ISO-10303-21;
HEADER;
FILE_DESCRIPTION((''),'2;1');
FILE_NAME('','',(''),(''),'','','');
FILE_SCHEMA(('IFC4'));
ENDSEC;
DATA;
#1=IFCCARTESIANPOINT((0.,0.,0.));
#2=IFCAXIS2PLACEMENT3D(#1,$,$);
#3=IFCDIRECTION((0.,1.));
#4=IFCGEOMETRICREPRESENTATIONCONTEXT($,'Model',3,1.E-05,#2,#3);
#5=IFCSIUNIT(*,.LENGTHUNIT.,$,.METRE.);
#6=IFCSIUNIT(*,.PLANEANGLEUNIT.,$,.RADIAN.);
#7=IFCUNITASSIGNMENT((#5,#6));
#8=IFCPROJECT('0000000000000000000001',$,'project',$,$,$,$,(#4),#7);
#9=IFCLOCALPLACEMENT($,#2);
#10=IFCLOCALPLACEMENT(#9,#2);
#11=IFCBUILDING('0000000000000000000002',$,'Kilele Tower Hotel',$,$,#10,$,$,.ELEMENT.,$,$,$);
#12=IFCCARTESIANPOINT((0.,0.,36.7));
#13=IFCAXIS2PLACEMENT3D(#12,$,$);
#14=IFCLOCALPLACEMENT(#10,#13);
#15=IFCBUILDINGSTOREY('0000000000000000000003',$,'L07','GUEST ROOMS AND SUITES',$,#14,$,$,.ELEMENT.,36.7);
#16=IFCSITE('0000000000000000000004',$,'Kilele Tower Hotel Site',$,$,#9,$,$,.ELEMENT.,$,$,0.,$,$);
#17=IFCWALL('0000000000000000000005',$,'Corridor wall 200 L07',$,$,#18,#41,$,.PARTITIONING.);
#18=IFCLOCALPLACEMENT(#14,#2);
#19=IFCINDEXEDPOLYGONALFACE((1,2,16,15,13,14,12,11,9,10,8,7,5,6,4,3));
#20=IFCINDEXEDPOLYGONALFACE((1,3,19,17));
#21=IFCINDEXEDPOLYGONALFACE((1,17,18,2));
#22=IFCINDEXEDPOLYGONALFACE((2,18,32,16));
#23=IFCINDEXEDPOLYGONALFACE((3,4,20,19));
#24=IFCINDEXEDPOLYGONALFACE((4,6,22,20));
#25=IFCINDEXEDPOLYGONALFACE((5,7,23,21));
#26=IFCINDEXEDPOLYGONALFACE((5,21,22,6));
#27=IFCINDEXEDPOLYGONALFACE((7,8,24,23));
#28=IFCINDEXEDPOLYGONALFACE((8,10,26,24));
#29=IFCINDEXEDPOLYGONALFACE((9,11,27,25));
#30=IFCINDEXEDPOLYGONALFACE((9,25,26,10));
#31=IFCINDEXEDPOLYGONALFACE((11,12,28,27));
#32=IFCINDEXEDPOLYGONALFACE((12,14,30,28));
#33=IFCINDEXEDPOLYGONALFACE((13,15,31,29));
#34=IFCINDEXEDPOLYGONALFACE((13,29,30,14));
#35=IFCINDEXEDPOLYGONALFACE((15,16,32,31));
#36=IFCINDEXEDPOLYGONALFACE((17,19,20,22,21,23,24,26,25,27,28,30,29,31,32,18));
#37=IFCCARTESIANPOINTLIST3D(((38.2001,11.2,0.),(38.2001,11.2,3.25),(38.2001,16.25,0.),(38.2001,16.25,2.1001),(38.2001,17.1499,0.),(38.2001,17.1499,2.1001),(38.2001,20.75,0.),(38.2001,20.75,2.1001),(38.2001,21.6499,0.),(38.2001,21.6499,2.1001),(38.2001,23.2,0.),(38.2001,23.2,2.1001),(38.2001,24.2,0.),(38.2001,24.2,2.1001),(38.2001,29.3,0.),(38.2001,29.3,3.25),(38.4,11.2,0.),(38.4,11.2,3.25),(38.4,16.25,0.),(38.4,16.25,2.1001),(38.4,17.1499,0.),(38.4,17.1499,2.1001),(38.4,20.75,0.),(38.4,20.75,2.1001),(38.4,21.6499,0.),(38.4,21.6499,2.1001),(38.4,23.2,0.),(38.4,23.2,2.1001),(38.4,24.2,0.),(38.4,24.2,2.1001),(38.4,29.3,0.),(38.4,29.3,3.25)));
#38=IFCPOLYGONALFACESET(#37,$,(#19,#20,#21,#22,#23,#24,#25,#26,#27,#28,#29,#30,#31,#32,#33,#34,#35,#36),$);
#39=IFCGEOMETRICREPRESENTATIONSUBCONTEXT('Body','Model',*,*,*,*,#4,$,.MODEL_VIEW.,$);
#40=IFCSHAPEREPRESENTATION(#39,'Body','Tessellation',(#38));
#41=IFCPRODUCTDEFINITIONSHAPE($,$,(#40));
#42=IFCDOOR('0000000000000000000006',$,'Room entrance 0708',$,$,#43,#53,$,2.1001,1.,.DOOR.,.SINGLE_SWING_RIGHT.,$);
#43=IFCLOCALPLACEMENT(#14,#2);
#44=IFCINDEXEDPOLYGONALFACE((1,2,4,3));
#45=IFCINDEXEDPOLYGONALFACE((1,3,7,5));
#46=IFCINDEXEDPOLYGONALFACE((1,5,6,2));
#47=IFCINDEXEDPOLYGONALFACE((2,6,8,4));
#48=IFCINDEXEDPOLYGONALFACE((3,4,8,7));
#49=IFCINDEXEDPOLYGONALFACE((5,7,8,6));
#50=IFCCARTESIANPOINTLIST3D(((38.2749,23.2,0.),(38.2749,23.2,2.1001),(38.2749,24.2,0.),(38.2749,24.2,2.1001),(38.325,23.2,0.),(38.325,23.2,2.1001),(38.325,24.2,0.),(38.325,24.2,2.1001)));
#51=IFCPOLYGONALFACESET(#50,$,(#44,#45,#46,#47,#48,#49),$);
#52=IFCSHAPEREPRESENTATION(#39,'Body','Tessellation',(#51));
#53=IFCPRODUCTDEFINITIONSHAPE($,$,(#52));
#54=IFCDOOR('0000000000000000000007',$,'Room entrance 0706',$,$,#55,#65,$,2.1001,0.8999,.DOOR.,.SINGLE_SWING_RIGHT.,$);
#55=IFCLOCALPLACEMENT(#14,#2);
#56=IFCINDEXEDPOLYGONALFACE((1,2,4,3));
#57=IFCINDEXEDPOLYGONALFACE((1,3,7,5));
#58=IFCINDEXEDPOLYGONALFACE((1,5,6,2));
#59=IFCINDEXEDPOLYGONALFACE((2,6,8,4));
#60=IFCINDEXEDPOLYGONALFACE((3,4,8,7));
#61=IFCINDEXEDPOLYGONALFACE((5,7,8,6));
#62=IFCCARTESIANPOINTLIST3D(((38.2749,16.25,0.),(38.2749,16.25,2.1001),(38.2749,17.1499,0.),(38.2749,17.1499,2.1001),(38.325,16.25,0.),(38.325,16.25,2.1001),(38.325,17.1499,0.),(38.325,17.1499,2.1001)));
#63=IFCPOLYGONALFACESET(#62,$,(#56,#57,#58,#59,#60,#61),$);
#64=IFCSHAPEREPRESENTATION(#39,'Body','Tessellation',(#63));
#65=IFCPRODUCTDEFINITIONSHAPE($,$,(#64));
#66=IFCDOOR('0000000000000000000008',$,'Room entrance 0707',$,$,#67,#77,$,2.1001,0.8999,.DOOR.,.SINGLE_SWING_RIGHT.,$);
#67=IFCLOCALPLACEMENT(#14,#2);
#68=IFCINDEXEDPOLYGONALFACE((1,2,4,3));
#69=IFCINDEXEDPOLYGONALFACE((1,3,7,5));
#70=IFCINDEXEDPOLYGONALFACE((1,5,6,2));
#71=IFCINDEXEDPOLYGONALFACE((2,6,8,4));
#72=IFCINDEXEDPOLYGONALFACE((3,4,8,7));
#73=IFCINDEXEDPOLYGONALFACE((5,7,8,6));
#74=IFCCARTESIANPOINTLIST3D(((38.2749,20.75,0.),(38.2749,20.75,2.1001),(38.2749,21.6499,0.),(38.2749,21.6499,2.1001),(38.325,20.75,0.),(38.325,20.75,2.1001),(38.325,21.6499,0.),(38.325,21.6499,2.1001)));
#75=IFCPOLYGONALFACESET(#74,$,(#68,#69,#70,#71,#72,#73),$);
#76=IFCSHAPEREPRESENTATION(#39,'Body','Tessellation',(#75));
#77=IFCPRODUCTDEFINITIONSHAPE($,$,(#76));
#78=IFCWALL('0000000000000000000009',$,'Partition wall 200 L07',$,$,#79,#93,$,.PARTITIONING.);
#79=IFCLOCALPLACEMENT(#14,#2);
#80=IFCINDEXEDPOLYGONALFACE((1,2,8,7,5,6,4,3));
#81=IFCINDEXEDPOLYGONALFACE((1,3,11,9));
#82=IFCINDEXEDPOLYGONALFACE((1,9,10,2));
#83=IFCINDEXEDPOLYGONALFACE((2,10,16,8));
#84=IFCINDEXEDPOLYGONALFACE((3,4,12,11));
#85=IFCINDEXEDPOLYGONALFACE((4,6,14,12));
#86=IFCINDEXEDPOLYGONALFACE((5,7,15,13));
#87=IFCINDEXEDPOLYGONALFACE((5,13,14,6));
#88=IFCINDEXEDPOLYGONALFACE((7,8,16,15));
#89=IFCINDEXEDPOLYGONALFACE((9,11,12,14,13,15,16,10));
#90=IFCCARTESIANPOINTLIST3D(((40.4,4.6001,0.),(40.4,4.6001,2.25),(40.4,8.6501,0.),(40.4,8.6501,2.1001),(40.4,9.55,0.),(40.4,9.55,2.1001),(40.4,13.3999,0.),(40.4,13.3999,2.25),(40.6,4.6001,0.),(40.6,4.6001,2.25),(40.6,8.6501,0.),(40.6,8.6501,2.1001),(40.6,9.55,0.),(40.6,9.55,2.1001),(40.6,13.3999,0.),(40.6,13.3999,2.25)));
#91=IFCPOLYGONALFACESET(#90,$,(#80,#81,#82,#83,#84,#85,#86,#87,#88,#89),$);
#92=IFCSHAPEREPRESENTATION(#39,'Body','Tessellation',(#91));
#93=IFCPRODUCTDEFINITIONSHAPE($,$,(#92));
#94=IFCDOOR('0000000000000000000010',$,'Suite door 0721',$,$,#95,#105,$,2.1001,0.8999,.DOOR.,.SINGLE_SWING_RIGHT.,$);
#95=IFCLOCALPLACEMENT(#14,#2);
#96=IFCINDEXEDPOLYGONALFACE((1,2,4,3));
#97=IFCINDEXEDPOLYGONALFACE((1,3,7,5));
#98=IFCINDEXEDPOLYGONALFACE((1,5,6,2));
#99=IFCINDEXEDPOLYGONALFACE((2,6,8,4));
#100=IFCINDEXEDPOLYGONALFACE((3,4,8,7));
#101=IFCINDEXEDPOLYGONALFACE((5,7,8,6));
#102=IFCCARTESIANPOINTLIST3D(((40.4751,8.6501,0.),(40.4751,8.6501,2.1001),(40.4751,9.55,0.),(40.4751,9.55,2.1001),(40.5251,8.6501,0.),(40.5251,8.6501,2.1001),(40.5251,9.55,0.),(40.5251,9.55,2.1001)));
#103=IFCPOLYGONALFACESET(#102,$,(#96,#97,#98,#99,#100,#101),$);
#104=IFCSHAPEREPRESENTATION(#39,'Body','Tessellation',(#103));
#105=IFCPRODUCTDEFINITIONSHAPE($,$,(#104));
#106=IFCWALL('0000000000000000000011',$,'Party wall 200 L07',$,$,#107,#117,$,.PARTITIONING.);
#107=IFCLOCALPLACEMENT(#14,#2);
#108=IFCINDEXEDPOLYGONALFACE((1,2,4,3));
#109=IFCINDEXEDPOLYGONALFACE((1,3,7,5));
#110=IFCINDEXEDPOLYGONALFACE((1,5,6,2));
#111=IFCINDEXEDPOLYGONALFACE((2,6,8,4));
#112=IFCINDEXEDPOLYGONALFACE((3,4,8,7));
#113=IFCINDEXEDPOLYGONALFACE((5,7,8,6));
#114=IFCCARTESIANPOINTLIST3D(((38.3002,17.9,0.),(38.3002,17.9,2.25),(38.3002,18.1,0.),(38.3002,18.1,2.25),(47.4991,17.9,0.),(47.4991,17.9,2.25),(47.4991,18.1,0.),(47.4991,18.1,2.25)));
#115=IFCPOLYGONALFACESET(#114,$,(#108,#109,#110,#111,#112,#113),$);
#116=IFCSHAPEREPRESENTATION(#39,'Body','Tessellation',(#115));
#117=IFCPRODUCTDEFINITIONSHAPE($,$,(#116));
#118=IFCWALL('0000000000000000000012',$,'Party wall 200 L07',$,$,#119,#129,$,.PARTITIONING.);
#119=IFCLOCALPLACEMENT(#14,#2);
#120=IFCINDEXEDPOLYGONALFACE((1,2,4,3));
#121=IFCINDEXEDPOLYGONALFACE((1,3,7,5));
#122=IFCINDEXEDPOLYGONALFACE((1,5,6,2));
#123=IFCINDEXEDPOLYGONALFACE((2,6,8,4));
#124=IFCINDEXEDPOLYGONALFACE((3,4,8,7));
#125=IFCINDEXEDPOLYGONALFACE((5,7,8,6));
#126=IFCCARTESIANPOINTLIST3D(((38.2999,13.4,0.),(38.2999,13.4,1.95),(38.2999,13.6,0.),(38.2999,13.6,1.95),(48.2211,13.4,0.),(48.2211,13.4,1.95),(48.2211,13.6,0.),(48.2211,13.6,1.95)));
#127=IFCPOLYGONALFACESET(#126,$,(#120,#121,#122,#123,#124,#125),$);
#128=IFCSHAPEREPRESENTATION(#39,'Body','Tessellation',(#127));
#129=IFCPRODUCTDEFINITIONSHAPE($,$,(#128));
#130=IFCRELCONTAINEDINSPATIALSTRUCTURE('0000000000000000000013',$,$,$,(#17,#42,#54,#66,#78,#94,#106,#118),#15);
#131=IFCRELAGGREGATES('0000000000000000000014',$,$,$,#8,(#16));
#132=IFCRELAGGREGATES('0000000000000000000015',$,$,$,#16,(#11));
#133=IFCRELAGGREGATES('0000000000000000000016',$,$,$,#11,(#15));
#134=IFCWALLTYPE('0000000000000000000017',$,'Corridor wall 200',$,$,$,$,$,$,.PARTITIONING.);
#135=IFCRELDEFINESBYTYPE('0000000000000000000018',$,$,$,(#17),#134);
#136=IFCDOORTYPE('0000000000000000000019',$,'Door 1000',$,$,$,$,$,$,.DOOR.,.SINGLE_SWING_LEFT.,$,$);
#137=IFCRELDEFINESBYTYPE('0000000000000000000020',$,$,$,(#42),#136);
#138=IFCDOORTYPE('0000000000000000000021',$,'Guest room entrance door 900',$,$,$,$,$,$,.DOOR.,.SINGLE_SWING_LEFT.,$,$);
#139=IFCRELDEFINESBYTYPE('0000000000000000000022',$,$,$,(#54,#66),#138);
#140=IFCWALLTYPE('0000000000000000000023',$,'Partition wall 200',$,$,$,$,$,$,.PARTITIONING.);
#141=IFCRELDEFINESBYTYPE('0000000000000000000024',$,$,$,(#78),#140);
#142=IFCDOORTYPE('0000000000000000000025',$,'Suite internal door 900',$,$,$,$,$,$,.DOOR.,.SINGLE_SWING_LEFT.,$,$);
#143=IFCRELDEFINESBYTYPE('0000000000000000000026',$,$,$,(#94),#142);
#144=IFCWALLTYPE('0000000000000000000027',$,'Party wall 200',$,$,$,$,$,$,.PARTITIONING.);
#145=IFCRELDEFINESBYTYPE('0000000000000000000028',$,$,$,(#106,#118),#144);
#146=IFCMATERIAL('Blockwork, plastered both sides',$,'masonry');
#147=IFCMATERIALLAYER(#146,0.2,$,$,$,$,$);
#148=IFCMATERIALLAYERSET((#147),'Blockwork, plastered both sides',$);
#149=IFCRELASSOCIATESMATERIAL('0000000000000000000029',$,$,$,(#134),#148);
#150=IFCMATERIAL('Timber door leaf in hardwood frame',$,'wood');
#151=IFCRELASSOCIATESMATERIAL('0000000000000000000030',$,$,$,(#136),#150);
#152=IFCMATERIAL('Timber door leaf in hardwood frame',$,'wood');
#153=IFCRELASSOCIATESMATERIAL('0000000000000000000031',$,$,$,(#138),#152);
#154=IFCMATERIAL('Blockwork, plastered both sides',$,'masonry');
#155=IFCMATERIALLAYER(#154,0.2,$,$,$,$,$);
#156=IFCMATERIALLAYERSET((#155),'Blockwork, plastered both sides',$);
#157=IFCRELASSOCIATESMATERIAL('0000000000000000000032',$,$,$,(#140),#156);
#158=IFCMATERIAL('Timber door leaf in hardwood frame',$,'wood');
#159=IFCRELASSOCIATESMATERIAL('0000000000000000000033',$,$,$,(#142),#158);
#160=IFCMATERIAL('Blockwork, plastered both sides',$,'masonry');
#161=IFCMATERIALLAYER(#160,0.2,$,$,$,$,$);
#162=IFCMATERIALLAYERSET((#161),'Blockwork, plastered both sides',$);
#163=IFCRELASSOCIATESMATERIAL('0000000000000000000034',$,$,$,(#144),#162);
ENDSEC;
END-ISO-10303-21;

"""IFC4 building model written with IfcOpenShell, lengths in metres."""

from ifc_helpers import new_model, si_unit, direction, frame, frame_2d, origin, place, context, subcontext, project, spatial, rectangle, extrude, material, layer, layer_set, type_object, element, fill, save


model = new_model("IFC4")

# Units and contexts
model_context = context("Model", 3, precision=1e-05, world=origin(), true_north=direction((0.0, 1.0)))
body_context = subcontext(model_context, "Body", "Model", "MODEL_VIEW")
ifc_project = project(units=[si_unit("LENGTHUNIT", "METRE"), si_unit("PLANEANGLEUNIT", "RADIAN")], contexts=[model_context])

# Site, building, storey
site_placement = place(None, origin())
site = spatial("IfcSite", under=ifc_project, at=site_placement, Name="Kilele Tower Hotel Site", CompositionType="ELEMENT", RefElevation=0.0)
building_placement = place(site_placement, origin())
building = spatial("IfcBuilding", under=site, at=building_placement, Name="Kilele Tower Hotel", CompositionType="ELEMENT")
storey_placement = place(building_placement, frame((0.0, 0.0, 36.7)))
storey = spatial("IfcBuildingStorey", under=building, at=storey_placement, Name="L07", Description="GUEST ROOMS AND SUITES", CompositionType="ELEMENT", Elevation=36.7)

# Wall, openings, doors
ifc_material_1 = material(Name="Blockwork, plastered both sides", Category="masonry")
ifc_layer_1 = layer(ifc_material_1, 0.2)
ifc_layer_set_1 = layer_set([ifc_layer_1], Name="Blockwork, plastered both sides")
wall_type_1 = type_object("IfcWallType", Name="Corridor wall 200", PredefinedType="PARTITIONING", material=ifc_layer_set_1)
wall_1_placement = place(storey_placement, frame((38.3, 11.2, 0.0), z_axis=(0.0, 0.0, 1.0), x_axis=(0.0, 1.0, 0.0)))
wall_1 = element("IfcWall", 1, at=wall_1_placement, inside=storey, type_object=wall_type_1, Name="Corridor wall 200 L07", PredefinedType="PARTITIONING", context=body_context, shape_type="SweptSolid", body=[
    extrude(rectangle(XDim=18.1001, YDim=0.2, at=frame_2d((9.05, 0.0))), origin(), (0.0, 0.0, 1.0), 3.25),
])
opening_1_placement = place(wall_1_placement, frame((5.95, 0.0, 0.0), z_axis=(0.0, 0.0, 1.0), x_axis=(-1.0, 0.0, 0.0)))
opening_1 = element("IfcOpeningElement", 2, at=opening_1_placement, cuts=wall_1, PredefinedType="OPENING", context=body_context, shape_type="SweptSolid", body=[
    extrude(rectangle(XDim=0.8999, YDim=2.1001, at=frame_2d((0.45, 1.05))), frame((0.0, 0.1099, 0.0), z_axis=(0.0, -1.0, 0.0), x_axis=(1.0, 0.0, 0.0)), (0.0, 0.0, 1.0), 0.22),
])
opening_2_placement = place(wall_1_placement, frame((10.45, 0.0, 0.0), z_axis=(0.0, 0.0, 1.0), x_axis=(-1.0, 0.0, 0.0)))
opening_2 = element("IfcOpeningElement", 3, at=opening_2_placement, cuts=wall_1, PredefinedType="OPENING", context=body_context, shape_type="SweptSolid", body=[
    extrude(rectangle(XDim=0.8999, YDim=2.1001, at=frame_2d((0.45, 1.05))), frame((0.0, 0.1099, 0.0), z_axis=(0.0, -1.0, 0.0), x_axis=(1.0, 0.0, 0.0)), (0.0, 0.0, 1.0), 0.22),
])
opening_3_placement = place(wall_1_placement, frame((13.0, 0.0, 0.0), z_axis=(0.0, 0.0, 1.0), x_axis=(-1.0, 0.0, 0.0)))
opening_3 = element("IfcOpeningElement", 4, at=opening_3_placement, cuts=wall_1, PredefinedType="OPENING", context=body_context, shape_type="SweptSolid", body=[
    extrude(rectangle(XDim=1.0, YDim=2.1001, at=frame_2d((0.5, 1.05))), frame((0.0, 0.1099, 0.0), z_axis=(0.0, -1.0, 0.0), x_axis=(1.0, 0.0, 0.0)), (0.0, 0.0, 1.0), 0.22),
])
ifc_material_2 = material(Name="Timber door leaf in hardwood frame", Category="wood")
door_type_1 = type_object("IfcDoorType", Name="Door 1000", OperationType="SINGLE_SWING_LEFT", PredefinedType="DOOR", material=ifc_material_2)
door_1_placement = place(opening_3_placement, origin())
door_1 = element("IfcDoor", 5, at=door_1_placement, inside=storey, type_object=door_type_1, Name="Room entrance 0708", OperationType="SINGLE_SWING_RIGHT", OverallHeight=2.1001, OverallWidth=1.0, PredefinedType="DOOR", context=body_context, shape_type="SweptSolid", body=[
    extrude(rectangle(XDim=1.0, YDim=2.1001, at=frame_2d((0.5, 1.05))), frame((0.0, 0.0249, 0.0), z_axis=(0.0, -1.0, 0.0), x_axis=(1.0, 0.0, 0.0)), (0.0, 0.0, 1.0), 0.05),
])
fill(opening_3, door_1)
ifc_material_3 = material(Name="Timber door leaf in hardwood frame", Category="wood")
door_type_2 = type_object("IfcDoorType", Name="Guest room entrance door 900", OperationType="SINGLE_SWING_LEFT", PredefinedType="DOOR", material=ifc_material_3)
door_2_placement = place(opening_1_placement, origin())
door_2 = element("IfcDoor", 6, at=door_2_placement, inside=storey, type_object=door_type_2, Name="Room entrance 0706", OperationType="SINGLE_SWING_RIGHT", OverallHeight=2.1001, OverallWidth=0.8999, PredefinedType="DOOR", context=body_context, shape_type="SweptSolid", body=[
    extrude(rectangle(XDim=0.8999, YDim=2.1001, at=frame_2d((0.45, 1.05))), frame((0.0, 0.0249, 0.0), z_axis=(0.0, -1.0, 0.0), x_axis=(1.0, 0.0, 0.0)), (0.0, 0.0, 1.0), 0.05),
])
fill(opening_1, door_2)
door_3_placement = place(opening_2_placement, origin())
door_3 = element("IfcDoor", 7, at=door_3_placement, inside=storey, type_object=door_type_2, Name="Room entrance 0707", OperationType="SINGLE_SWING_RIGHT", OverallHeight=2.1001, OverallWidth=0.8999, PredefinedType="DOOR", context=body_context, shape_type="SweptSolid", body=[
    extrude(rectangle(XDim=0.8999, YDim=2.1001, at=frame_2d((0.45, 1.05))), frame((0.0, 0.0249, 0.0), z_axis=(0.0, -1.0, 0.0), x_axis=(1.0, 0.0, 0.0)), (0.0, 0.0, 1.0), 0.05),
])
fill(opening_2, door_3)

# Wall, opening, door
ifc_material_4 = material(Name="Blockwork, plastered both sides", Category="masonry")
ifc_layer_2 = layer(ifc_material_4, 0.2)
ifc_layer_set_2 = layer_set([ifc_layer_2], Name="Blockwork, plastered both sides")
wall_type_2 = type_object("IfcWallType", Name="Partition wall 200", PredefinedType="PARTITIONING", material=ifc_layer_set_2)
wall_2_placement = place(storey_placement, frame((40.5, 4.6001, 0.0), z_axis=(0.0, 0.0, 1.0), x_axis=(0.0, 1.0, 0.0)))
wall_2 = element("IfcWall", 8, at=wall_2_placement, inside=storey, type_object=wall_type_2, Name="Partition wall 200 L07", PredefinedType="PARTITIONING", context=body_context, shape_type="SweptSolid", body=[
    extrude(rectangle(XDim=8.7998, YDim=0.2, at=frame_2d((4.3999, 0.0))), origin(), (0.0, 0.0, 1.0), 2.25),
])
opening_4_placement = place(wall_2_placement, frame((4.05, 0.0, 0.0)))
opening_4 = element("IfcOpeningElement", 9, at=opening_4_placement, cuts=wall_2, PredefinedType="OPENING", context=body_context, shape_type="SweptSolid", body=[
    extrude(rectangle(XDim=0.8999, YDim=2.1001, at=frame_2d((0.45, 1.05))), frame((0.0, 0.1099, 0.0), z_axis=(0.0, -1.0, 0.0), x_axis=(1.0, 0.0, 0.0)), (0.0, 0.0, 1.0), 0.22),
])
ifc_material_5 = material(Name="Timber door leaf in hardwood frame", Category="wood")
door_type_3 = type_object("IfcDoorType", Name="Suite internal door 900", OperationType="SINGLE_SWING_LEFT", PredefinedType="DOOR", material=ifc_material_5)
door_4_placement = place(opening_4_placement, origin())
door_4 = element("IfcDoor", 10, at=door_4_placement, inside=storey, type_object=door_type_3, Name="Suite door 0721", OperationType="SINGLE_SWING_RIGHT", OverallHeight=2.1001, OverallWidth=0.8999, PredefinedType="DOOR", context=body_context, shape_type="SweptSolid", body=[
    extrude(rectangle(XDim=0.8999, YDim=2.1001, at=frame_2d((0.45, 1.05))), frame((0.0, 0.0249, 0.0), z_axis=(0.0, -1.0, 0.0), x_axis=(1.0, 0.0, 0.0)), (0.0, 0.0, 1.0), 0.05),
])
fill(opening_4, door_4)

# Walls
ifc_material_6 = material(Name="Blockwork, plastered both sides", Category="masonry")
ifc_layer_3 = layer(ifc_material_6, 0.2)
ifc_layer_set_3 = layer_set([ifc_layer_3], Name="Blockwork, plastered both sides")
wall_type_3 = type_object("IfcWallType", Name="Party wall 200", PredefinedType="PARTITIONING", material=ifc_layer_set_3)
wall_3_placement = place(storey_placement, frame((38.3, 18.0, 0.0), z_axis=(0.0, 0.0, 1.0), x_axis=(1.0, 0.0, 0.0)))
element("IfcWall", 11, at=wall_3_placement, inside=storey, type_object=wall_type_3, Name="Party wall 200 L07", PredefinedType="PARTITIONING", context=body_context, shape_type="SweptSolid", body=[
    extrude(rectangle(XDim=9.199, YDim=0.2, at=frame_2d((4.5996, 0.0))), origin(), (0.0, 0.0, 1.0), 2.25),
])
wall_4_placement = place(storey_placement, frame((38.3, 13.5, 0.0), z_axis=(0.0, 0.0, 1.0), x_axis=(1.0, 0.0, 0.0)))
element("IfcWall", 12, at=wall_4_placement, inside=storey, type_object=wall_type_3, Name="Party wall 200 L07", PredefinedType="PARTITIONING", context=body_context, shape_type="SweptSolid", body=[
    extrude(rectangle(XDim=9.9211, YDim=0.2, at=frame_2d((4.9604, 0.0))), origin(), (0.0, 0.0, 1.0), 1.95),
])

save(model, "model.ifc")
